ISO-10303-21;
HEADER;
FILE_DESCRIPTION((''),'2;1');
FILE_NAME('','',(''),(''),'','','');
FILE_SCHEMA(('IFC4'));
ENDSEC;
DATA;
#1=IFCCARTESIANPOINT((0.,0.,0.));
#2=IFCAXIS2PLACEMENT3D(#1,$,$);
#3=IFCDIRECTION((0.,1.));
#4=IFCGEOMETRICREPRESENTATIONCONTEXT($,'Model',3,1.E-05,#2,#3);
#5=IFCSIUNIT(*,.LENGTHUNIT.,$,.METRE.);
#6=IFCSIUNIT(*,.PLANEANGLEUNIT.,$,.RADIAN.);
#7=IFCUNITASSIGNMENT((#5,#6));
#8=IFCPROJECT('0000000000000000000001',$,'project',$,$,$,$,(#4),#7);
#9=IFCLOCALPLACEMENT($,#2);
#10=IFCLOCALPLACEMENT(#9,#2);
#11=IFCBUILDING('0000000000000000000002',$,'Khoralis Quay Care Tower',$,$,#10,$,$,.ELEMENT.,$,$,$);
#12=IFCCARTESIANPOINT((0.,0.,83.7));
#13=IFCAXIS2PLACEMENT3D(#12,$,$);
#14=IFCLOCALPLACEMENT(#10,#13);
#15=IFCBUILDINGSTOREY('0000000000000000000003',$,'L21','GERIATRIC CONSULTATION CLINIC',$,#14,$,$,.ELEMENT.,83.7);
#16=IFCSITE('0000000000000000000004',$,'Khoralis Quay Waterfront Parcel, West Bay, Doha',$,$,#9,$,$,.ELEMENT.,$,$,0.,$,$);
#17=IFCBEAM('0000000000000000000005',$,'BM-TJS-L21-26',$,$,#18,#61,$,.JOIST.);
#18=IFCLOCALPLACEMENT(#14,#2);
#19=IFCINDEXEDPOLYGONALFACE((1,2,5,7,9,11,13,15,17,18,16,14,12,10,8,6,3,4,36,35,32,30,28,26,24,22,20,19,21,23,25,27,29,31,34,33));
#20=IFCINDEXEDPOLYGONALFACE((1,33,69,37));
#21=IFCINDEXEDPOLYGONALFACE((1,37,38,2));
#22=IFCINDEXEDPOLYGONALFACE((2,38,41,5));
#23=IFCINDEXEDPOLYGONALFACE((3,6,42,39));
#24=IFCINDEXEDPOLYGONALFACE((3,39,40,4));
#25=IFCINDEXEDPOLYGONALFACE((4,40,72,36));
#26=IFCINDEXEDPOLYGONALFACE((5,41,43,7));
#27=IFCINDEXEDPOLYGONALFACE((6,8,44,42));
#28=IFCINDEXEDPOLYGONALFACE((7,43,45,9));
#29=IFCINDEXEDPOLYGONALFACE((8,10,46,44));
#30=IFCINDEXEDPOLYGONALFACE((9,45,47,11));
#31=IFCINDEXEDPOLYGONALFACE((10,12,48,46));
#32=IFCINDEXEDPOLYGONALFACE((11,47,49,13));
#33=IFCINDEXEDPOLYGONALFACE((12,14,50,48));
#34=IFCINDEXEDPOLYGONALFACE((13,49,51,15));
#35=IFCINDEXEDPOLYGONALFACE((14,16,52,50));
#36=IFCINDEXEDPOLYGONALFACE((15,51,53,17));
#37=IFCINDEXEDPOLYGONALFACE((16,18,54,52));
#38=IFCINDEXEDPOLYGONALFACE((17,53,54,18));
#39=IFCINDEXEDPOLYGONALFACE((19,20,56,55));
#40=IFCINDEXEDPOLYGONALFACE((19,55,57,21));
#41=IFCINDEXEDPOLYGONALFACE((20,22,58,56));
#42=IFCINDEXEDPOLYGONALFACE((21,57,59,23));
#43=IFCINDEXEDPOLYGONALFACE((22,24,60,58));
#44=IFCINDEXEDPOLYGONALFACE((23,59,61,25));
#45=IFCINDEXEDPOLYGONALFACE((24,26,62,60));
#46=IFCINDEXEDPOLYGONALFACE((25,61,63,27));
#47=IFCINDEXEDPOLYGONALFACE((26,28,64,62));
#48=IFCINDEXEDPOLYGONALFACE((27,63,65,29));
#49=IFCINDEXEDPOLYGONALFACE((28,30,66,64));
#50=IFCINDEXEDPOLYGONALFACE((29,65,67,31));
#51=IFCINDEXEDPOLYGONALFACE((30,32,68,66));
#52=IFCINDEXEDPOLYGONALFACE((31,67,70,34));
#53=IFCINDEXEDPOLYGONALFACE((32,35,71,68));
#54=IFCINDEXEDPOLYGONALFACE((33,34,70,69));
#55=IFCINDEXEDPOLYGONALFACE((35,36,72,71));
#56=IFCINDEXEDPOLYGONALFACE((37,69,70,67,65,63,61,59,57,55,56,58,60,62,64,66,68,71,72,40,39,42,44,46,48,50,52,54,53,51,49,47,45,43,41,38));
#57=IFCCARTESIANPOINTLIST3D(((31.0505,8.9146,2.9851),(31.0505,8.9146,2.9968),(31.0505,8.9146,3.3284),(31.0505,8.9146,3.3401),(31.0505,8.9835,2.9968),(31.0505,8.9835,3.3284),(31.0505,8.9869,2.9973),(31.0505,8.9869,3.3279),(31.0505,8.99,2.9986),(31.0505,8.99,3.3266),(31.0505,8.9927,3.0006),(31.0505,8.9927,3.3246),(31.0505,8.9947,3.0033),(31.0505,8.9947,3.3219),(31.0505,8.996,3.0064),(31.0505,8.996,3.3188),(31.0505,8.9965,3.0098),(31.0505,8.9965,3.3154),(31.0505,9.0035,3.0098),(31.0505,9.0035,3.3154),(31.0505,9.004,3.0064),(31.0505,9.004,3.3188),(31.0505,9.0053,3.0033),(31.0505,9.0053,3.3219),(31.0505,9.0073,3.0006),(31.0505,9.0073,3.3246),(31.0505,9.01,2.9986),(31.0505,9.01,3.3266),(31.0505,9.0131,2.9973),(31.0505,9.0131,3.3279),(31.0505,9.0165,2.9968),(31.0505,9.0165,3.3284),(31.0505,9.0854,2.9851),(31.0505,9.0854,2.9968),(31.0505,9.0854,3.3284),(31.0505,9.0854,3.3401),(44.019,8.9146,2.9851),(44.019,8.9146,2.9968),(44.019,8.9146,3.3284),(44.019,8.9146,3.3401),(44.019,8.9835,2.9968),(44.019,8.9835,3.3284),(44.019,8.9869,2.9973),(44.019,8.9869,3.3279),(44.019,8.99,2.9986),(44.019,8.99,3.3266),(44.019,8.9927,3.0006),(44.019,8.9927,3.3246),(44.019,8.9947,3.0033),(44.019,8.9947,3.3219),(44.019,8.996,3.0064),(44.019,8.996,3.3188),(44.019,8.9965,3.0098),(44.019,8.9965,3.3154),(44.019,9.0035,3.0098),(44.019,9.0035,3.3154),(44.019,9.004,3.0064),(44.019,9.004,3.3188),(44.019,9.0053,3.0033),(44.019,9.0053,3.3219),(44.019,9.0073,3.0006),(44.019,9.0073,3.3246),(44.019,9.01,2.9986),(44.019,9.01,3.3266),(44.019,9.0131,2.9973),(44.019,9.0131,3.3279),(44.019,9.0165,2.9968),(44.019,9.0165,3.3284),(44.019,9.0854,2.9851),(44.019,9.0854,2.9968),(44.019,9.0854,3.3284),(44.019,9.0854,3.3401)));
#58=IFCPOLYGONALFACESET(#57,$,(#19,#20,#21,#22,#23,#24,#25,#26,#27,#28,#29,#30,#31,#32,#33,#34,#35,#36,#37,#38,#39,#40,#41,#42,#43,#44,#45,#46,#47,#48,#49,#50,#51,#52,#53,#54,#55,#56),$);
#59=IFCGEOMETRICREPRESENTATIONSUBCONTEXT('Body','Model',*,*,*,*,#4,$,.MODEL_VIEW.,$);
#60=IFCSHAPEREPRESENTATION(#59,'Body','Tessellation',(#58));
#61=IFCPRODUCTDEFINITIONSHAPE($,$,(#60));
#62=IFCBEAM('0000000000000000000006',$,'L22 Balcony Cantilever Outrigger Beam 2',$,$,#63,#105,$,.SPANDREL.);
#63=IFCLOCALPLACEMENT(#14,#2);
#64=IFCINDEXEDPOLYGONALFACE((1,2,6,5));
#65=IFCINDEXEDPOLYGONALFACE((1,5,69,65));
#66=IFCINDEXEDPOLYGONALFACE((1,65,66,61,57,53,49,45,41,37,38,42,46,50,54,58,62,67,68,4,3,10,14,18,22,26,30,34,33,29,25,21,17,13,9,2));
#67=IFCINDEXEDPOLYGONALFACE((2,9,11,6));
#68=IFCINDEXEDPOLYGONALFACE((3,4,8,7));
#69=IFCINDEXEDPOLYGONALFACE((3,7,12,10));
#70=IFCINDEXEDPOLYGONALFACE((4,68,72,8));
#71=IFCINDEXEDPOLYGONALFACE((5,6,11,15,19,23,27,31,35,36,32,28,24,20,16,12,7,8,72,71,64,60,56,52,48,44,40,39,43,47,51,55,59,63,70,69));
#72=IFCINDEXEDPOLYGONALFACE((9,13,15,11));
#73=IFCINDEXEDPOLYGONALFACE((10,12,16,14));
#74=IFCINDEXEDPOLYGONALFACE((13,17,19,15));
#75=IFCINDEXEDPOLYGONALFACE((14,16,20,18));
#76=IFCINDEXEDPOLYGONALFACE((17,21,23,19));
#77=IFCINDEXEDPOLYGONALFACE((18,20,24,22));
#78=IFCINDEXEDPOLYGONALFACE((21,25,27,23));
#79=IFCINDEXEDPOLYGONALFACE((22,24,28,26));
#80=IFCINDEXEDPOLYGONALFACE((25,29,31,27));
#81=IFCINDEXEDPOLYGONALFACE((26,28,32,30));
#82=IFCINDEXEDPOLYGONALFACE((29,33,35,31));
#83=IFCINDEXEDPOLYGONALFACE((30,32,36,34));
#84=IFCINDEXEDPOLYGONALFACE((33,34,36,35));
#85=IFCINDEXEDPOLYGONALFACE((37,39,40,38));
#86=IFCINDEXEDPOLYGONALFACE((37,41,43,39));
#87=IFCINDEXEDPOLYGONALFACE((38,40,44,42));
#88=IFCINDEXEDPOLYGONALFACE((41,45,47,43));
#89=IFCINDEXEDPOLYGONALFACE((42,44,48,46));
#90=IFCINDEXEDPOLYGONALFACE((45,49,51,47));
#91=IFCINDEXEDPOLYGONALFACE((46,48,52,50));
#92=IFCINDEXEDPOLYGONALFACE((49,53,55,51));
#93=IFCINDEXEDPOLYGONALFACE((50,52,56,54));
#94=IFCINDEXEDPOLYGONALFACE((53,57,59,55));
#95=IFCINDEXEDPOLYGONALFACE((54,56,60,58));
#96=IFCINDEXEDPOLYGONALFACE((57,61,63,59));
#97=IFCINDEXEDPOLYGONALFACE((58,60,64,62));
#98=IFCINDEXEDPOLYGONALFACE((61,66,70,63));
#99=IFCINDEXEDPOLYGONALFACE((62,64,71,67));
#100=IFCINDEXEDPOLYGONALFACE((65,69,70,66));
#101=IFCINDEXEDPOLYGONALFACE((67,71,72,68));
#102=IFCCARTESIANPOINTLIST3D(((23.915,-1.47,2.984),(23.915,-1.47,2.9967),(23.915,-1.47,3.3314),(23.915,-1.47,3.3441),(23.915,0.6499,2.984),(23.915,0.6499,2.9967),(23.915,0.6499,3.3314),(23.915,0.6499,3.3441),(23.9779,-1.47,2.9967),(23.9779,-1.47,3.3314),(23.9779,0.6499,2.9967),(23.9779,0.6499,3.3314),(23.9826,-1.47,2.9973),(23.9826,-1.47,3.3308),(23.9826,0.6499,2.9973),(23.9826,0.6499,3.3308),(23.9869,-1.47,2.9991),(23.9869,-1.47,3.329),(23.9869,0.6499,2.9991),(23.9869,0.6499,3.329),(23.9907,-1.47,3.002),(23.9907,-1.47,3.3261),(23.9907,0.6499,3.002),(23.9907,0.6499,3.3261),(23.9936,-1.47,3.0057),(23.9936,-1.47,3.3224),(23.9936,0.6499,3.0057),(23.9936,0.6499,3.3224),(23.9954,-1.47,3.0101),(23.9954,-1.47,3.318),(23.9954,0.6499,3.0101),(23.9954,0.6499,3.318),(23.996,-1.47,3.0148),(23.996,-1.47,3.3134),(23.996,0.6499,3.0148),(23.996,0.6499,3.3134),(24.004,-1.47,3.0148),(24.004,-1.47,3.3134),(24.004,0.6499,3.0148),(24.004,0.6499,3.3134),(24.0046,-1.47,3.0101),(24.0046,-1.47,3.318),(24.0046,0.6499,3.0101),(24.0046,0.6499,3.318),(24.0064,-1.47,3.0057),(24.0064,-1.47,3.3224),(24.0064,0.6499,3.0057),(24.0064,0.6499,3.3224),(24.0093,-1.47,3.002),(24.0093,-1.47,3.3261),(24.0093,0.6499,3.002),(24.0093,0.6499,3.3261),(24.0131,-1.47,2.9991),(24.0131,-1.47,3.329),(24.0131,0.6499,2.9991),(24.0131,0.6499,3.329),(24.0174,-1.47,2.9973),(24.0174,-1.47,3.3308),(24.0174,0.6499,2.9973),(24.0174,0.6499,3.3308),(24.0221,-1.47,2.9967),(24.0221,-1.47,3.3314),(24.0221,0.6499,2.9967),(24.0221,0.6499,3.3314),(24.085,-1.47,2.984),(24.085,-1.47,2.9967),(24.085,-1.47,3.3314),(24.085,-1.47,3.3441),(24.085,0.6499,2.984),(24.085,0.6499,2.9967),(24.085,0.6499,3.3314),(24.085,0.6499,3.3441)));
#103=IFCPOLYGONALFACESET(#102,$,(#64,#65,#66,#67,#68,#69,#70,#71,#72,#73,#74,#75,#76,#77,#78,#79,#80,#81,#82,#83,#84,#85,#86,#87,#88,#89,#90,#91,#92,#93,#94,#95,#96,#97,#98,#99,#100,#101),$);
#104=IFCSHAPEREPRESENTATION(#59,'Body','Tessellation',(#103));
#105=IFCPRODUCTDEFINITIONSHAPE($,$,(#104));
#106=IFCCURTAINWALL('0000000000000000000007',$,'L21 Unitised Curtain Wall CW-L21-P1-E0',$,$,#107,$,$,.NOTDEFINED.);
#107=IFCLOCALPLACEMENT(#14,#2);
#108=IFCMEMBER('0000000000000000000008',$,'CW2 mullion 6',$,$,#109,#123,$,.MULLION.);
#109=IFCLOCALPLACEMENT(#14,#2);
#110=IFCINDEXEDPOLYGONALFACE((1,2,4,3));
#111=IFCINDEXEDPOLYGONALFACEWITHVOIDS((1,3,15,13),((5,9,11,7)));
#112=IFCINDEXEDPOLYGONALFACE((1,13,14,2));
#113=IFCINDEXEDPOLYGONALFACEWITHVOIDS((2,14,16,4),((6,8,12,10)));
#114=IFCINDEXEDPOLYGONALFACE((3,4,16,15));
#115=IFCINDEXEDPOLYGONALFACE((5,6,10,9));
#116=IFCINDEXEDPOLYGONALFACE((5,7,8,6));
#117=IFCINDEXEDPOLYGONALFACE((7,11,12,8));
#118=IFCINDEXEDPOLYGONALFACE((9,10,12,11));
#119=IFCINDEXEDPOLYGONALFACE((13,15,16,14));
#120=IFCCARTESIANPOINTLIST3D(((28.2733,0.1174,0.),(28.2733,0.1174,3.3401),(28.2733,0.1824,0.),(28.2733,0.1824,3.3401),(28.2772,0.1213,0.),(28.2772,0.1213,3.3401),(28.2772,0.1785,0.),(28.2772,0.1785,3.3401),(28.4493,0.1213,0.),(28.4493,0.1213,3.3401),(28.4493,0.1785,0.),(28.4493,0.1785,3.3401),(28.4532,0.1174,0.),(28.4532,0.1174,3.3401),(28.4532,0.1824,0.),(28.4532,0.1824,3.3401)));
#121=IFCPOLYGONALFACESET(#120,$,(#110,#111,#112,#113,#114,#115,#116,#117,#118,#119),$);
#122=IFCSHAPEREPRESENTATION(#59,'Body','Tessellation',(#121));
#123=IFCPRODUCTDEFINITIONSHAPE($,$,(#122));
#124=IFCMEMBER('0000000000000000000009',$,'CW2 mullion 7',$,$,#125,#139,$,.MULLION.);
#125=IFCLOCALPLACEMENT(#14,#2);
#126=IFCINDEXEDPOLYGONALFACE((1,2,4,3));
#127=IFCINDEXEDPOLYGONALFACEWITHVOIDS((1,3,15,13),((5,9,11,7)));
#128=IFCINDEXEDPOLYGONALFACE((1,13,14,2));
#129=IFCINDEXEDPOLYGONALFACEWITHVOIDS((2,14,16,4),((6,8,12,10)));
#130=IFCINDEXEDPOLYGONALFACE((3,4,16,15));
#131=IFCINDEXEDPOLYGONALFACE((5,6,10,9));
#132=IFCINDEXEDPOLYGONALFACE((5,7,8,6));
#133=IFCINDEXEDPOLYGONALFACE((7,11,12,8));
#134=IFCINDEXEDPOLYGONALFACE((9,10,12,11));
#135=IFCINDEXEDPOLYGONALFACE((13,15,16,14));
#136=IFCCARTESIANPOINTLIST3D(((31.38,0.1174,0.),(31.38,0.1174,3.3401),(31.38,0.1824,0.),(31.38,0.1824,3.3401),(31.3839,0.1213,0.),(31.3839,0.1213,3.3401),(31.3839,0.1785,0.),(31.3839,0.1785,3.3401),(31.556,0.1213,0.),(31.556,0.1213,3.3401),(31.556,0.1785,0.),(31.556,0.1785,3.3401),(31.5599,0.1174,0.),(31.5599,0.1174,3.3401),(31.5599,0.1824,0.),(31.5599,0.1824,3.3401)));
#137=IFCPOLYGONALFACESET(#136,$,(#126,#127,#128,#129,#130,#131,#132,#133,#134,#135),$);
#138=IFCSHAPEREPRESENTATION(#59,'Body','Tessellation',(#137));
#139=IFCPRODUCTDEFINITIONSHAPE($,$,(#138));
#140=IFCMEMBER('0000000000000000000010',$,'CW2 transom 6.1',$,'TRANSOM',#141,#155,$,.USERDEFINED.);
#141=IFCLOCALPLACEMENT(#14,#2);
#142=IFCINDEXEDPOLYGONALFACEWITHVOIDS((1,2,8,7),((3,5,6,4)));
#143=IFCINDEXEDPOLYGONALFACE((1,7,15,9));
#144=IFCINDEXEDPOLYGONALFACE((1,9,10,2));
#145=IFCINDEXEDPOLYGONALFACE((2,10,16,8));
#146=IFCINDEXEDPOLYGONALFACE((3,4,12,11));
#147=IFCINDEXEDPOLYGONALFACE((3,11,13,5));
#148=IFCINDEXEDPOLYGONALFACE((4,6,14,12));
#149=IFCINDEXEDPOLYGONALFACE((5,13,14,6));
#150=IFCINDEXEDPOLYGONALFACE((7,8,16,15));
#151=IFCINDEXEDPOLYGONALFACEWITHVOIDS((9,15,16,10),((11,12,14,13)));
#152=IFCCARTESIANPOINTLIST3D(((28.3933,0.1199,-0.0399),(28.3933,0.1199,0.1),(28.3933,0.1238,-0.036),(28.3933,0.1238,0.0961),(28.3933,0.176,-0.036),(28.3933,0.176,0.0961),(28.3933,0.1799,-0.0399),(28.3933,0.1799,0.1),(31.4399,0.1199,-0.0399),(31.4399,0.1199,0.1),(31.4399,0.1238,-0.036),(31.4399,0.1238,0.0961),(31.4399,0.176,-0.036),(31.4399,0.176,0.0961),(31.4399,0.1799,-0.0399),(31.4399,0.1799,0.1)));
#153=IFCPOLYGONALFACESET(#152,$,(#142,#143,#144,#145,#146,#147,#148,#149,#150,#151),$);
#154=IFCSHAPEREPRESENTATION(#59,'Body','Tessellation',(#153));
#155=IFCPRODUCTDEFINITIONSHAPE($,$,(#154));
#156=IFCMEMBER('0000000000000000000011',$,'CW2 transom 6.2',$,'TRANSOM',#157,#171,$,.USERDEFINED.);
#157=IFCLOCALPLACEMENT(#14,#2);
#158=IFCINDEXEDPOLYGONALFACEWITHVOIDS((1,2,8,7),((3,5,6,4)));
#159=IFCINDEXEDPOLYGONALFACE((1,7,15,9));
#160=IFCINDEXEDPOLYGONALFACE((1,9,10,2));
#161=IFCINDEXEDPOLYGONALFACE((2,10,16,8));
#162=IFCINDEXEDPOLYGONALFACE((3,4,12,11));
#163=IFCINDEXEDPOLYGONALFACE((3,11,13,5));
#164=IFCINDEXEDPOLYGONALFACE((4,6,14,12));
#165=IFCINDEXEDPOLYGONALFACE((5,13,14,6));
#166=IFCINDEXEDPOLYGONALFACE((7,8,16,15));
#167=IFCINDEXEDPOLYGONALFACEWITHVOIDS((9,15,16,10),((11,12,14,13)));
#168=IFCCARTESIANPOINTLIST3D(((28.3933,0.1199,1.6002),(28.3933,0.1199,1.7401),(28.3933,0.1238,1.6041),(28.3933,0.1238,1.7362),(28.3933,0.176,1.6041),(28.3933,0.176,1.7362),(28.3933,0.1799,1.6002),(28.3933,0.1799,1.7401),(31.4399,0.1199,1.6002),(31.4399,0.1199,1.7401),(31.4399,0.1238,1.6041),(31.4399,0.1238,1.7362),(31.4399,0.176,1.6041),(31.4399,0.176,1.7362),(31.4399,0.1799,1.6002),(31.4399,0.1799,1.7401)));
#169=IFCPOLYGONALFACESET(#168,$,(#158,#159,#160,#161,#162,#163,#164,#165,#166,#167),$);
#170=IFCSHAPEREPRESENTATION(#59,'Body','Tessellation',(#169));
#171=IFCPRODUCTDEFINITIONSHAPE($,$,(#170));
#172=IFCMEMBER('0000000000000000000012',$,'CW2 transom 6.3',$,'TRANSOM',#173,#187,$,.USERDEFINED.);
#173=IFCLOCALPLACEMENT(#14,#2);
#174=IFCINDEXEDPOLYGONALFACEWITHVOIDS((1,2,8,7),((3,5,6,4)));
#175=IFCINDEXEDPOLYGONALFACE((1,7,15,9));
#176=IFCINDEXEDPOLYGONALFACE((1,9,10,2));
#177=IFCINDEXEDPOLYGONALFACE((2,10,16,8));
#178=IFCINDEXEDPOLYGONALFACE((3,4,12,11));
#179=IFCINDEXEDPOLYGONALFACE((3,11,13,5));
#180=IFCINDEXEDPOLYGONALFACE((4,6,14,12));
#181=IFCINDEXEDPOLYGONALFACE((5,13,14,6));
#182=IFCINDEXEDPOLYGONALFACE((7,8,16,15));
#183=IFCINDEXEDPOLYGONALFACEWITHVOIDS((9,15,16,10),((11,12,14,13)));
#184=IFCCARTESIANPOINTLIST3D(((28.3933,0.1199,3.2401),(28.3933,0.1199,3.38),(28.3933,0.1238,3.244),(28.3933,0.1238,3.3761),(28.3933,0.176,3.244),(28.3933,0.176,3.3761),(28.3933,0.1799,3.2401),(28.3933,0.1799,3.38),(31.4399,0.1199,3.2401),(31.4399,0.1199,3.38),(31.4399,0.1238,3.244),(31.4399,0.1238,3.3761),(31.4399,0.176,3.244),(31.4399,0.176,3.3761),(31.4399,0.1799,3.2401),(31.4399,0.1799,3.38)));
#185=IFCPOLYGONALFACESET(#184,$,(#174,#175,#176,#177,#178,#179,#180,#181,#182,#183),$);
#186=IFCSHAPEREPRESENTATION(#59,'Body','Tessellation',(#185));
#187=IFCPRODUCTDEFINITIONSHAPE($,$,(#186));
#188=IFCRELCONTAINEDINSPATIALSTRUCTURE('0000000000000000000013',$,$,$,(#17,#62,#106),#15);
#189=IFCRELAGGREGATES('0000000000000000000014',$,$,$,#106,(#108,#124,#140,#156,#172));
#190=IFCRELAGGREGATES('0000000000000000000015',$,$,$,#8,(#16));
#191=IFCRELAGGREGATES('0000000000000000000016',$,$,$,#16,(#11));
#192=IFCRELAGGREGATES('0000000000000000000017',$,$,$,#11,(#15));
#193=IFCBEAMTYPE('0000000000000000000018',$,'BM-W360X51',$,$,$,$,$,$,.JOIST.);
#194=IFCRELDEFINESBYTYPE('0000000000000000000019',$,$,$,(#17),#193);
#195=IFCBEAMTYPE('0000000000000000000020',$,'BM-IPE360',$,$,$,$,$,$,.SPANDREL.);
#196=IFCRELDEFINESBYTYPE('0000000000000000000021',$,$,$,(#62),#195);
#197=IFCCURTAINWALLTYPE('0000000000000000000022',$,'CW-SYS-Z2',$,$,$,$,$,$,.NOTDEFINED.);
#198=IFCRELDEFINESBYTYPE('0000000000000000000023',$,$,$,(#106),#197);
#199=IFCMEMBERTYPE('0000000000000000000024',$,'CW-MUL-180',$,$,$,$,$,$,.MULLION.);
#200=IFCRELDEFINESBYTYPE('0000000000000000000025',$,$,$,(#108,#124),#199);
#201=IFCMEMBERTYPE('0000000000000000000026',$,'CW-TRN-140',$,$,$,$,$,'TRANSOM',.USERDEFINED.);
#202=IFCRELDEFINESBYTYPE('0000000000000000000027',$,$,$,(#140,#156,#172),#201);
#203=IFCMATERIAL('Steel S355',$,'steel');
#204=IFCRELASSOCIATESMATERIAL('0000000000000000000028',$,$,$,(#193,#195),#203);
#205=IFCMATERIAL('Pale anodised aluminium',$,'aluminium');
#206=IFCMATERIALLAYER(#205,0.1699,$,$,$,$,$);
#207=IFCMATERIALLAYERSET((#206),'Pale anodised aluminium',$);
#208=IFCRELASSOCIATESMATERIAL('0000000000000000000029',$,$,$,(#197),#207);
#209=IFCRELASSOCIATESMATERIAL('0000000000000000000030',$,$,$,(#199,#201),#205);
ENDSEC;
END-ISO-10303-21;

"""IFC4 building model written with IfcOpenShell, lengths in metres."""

from ifc_helpers import new_model, si_unit, direction, frame, origin, origin_2d, place, context, subcontext, project, spatial, hollow_rectangle, i_section, extrude, source, transform, mapped, material, layer, layer_set, material_profile, profile_set, type_object, element, aggregate, save


model = new_model("IFC4")

# Units and contexts
model_context = context("Model", 3, precision=1e-05, world=origin(), true_north=direction((0.0, 1.0)))
body_context = subcontext(model_context, "Body", "Model", "MODEL_VIEW")
ifc_project = project(units=[si_unit("LENGTHUNIT", "METRE"), si_unit("PLANEANGLEUNIT", "RADIAN")], contexts=[model_context])

# Site, building, storey
site_placement = place(None, origin())
site = spatial("IfcSite", under=ifc_project, at=site_placement, Name="Khoralis Quay Waterfront Parcel, West Bay, Doha", CompositionType="ELEMENT", RefElevation=0.0)
building_placement = place(site_placement, origin())
building = spatial("IfcBuilding", under=site, at=building_placement, Name="Khoralis Quay Care Tower", CompositionType="ELEMENT")
storey_placement = place(building_placement, frame((0.0, 0.0, 83.7)))
storey = spatial("IfcBuildingStorey", under=building, at=storey_placement, Name="L21", Description="GERIATRIC CONSULTATION CLINIC", CompositionType="ELEMENT", Elevation=83.7)

# Beams
ifc_material_1 = material(Name="Steel S355", Category="steel")
ifc_material_profile_1 = material_profile(ifc_material_1, i_section(OverallWidth=0.1709, OverallDepth=0.355, WebThickness=0.0071, FlangeThickness=0.0117, FilletRadius=0.0129, at=origin_2d()), Name="Steel S355")
ifc_profile_set_1 = profile_set([ifc_material_profile_1], Name="Steel S355")
beam_type_1 = type_object("IfcBeamType", Name="BM-W360X51", PredefinedType="JOIST", material=ifc_profile_set_1)
shared_shape_1 = source(origin(), body_context, "Body", "SweptSolid", [
    extrude(i_section(OverallWidth=0.1709, OverallDepth=0.355, WebThickness=0.0071, FlangeThickness=0.0117, FilletRadius=0.0129, at=origin_2d()), origin(), (0.0, 0.0, 1.0), 12.9685),
])
beam_1_placement = place(storey_placement, frame((31.0505, 9.0, 3.1626), z_axis=(1.0, 0.0, 0.0), x_axis=(0.0, 1.0, 0.0)))
element("IfcBeam", 1, at=beam_1_placement, inside=storey, type_object=beam_type_1, Name="BM-TJS-L21-26", PredefinedType="JOIST", context=body_context, shape_type="MappedRepresentation", body=[
    mapped(shared_shape_1, transform((0.0, 0.0, 0.0), scale=1.0)),
])
ifc_material_profile_2 = material_profile(ifc_material_1, i_section(OverallWidth=0.1699, OverallDepth=0.3601, WebThickness=0.0081, FlangeThickness=0.0127, FilletRadius=0.0181, at=origin_2d()), Name="Steel S355")
ifc_profile_set_2 = profile_set([ifc_material_profile_2], Name="Steel S355")
beam_type_2 = type_object("IfcBeamType", Name="BM-IPE360", PredefinedType="SPANDREL", material=ifc_profile_set_2)
shared_shape_2 = source(origin(), body_context, "Body", "SweptSolid", [
    extrude(i_section(OverallWidth=0.1699, OverallDepth=0.3601, WebThickness=0.0081, FlangeThickness=0.0127, FilletRadius=0.0181, at=origin_2d()), origin(), (0.0, 0.0, 1.0), 2.1199),
])
beam_2_placement = place(storey_placement, frame((24.0, 0.6499, 3.1641), z_axis=(0.0, -1.0, 0.0), x_axis=(1.0, 0.0, 0.0)))
element("IfcBeam", 2, at=beam_2_placement, inside=storey, type_object=beam_type_2, Name="L22 Balcony Cantilever Outrigger Beam 2", PredefinedType="SPANDREL", context=body_context, shape_type="MappedRepresentation", body=[
    mapped(shared_shape_2, transform((0.0, 0.0, 0.0), scale=1.0)),
])

# Curtain wall, members
ifc_material_2 = material(Name="Pale anodised aluminium", Category="aluminium")
ifc_layer_1 = layer(ifc_material_2, 0.1699)
ifc_layer_set_1 = layer_set([ifc_layer_1], Name="Pale anodised aluminium")
curtain_wall_type = type_object("IfcCurtainWallType", Name="CW-SYS-Z2", PredefinedType="NOTDEFINED", material=ifc_layer_set_1)
curtain_wall_placement = place(storey_placement, origin())
curtain_wall = element("IfcCurtainWall", 3, at=curtain_wall_placement, inside=storey, type_object=curtain_wall_type, Name="L21 Unitised Curtain Wall CW-L21-P1-E0", PredefinedType="NOTDEFINED")
ifc_material_profile_3 = material_profile(ifc_material_2, hollow_rectangle(XDim=0.0649, YDim=0.1799, WallThickness=0.0039, at=origin_2d()), Name="Pale anodised aluminium")
ifc_profile_set_3 = profile_set([ifc_material_profile_3], Name="Pale anodised aluminium")
member_type_1 = type_object("IfcMemberType", Name="CW-MUL-180", PredefinedType="MULLION", material=ifc_profile_set_3)
shared_shape_3 = source(origin(), body_context, "Body", "SweptSolid", [
    extrude(hollow_rectangle(XDim=0.0649, YDim=0.1799, WallThickness=0.0039, at=origin_2d()), origin(), (0.0, 0.0, 1.0), 3.3401),
])
member_1_placement = place(storey_placement, frame((28.3633, 0.1499, 0.0), z_axis=(0.0, 0.0, 1.0), x_axis=(0.0, 1.0, 0.0)))
member_1 = element("IfcMember", 4, at=member_1_placement, type_object=member_type_1, Name="CW2 mullion 6", PredefinedType="MULLION", context=body_context, shape_type="MappedRepresentation", body=[
    mapped(shared_shape_3, transform((0.0, 0.0, 0.0), scale=1.0)),
])
member_2_placement = place(storey_placement, frame((31.47, 0.1499, 0.0), z_axis=(0.0, 0.0, 1.0), x_axis=(0.0, 1.0, 0.0)))
member_2 = element("IfcMember", 5, at=member_2_placement, type_object=member_type_1, Name="CW2 mullion 7", PredefinedType="MULLION", context=body_context, shape_type="MappedRepresentation", body=[
    mapped(shared_shape_3, transform((0.0, 0.0, 0.0), scale=1.0)),
])
ifc_material_profile_4 = material_profile(ifc_material_2, hollow_rectangle(XDim=0.0601, YDim=0.1399, WallThickness=0.0039, at=origin_2d()), Name="Pale anodised aluminium")
ifc_profile_set_4 = profile_set([ifc_material_profile_4], Name="Pale anodised aluminium")
member_type_2 = type_object("IfcMemberType", Name="CW-TRN-140", ElementType="TRANSOM", PredefinedType="USERDEFINED", material=ifc_profile_set_4)
shared_shape_4 = source(origin(), body_context, "Body", "SweptSolid", [
    extrude(hollow_rectangle(XDim=0.0601, YDim=0.1399, WallThickness=0.0039, at=origin_2d()), origin(), (0.0, 0.0, 1.0), 3.0466),
])
member_3_placement = place(storey_placement, frame((28.3933, 0.1499, 0.03), z_axis=(1.0, 0.0, 0.0), x_axis=(0.0, 1.0, 0.0)))
member_3 = element("IfcMember", 6, at=member_3_placement, type_object=member_type_2, Name="CW2 transom 6.1", ObjectType="TRANSOM", PredefinedType="USERDEFINED", context=body_context, shape_type="MappedRepresentation", body=[
    mapped(shared_shape_4, transform((0.0, 0.0, 0.0), scale=1.0)),
])
member_4_placement = place(storey_placement, frame((28.3933, 0.1499, 1.6702), z_axis=(1.0, 0.0, 0.0), x_axis=(0.0, 1.0, 0.0)))
member_4 = element("IfcMember", 7, at=member_4_placement, type_object=member_type_2, Name="CW2 transom 6.2", ObjectType="TRANSOM", PredefinedType="USERDEFINED", context=body_context, shape_type="MappedRepresentation", body=[
    mapped(shared_shape_4, transform((0.0, 0.0, 0.0), scale=1.0)),
])
member_5_placement = place(storey_placement, frame((28.3933, 0.1499, 3.3101), z_axis=(1.0, 0.0, 0.0), x_axis=(0.0, 1.0, 0.0)))
member_5 = element("IfcMember", 8, at=member_5_placement, type_object=member_type_2, Name="CW2 transom 6.3", ObjectType="TRANSOM", PredefinedType="USERDEFINED", context=body_context, shape_type="MappedRepresentation", body=[
    mapped(shared_shape_4, transform((0.0, 0.0, 0.0), scale=1.0)),
])
aggregate(curtain_wall, [member_1, member_2, member_3, member_4, member_5])

save(model, "model.ifc")
